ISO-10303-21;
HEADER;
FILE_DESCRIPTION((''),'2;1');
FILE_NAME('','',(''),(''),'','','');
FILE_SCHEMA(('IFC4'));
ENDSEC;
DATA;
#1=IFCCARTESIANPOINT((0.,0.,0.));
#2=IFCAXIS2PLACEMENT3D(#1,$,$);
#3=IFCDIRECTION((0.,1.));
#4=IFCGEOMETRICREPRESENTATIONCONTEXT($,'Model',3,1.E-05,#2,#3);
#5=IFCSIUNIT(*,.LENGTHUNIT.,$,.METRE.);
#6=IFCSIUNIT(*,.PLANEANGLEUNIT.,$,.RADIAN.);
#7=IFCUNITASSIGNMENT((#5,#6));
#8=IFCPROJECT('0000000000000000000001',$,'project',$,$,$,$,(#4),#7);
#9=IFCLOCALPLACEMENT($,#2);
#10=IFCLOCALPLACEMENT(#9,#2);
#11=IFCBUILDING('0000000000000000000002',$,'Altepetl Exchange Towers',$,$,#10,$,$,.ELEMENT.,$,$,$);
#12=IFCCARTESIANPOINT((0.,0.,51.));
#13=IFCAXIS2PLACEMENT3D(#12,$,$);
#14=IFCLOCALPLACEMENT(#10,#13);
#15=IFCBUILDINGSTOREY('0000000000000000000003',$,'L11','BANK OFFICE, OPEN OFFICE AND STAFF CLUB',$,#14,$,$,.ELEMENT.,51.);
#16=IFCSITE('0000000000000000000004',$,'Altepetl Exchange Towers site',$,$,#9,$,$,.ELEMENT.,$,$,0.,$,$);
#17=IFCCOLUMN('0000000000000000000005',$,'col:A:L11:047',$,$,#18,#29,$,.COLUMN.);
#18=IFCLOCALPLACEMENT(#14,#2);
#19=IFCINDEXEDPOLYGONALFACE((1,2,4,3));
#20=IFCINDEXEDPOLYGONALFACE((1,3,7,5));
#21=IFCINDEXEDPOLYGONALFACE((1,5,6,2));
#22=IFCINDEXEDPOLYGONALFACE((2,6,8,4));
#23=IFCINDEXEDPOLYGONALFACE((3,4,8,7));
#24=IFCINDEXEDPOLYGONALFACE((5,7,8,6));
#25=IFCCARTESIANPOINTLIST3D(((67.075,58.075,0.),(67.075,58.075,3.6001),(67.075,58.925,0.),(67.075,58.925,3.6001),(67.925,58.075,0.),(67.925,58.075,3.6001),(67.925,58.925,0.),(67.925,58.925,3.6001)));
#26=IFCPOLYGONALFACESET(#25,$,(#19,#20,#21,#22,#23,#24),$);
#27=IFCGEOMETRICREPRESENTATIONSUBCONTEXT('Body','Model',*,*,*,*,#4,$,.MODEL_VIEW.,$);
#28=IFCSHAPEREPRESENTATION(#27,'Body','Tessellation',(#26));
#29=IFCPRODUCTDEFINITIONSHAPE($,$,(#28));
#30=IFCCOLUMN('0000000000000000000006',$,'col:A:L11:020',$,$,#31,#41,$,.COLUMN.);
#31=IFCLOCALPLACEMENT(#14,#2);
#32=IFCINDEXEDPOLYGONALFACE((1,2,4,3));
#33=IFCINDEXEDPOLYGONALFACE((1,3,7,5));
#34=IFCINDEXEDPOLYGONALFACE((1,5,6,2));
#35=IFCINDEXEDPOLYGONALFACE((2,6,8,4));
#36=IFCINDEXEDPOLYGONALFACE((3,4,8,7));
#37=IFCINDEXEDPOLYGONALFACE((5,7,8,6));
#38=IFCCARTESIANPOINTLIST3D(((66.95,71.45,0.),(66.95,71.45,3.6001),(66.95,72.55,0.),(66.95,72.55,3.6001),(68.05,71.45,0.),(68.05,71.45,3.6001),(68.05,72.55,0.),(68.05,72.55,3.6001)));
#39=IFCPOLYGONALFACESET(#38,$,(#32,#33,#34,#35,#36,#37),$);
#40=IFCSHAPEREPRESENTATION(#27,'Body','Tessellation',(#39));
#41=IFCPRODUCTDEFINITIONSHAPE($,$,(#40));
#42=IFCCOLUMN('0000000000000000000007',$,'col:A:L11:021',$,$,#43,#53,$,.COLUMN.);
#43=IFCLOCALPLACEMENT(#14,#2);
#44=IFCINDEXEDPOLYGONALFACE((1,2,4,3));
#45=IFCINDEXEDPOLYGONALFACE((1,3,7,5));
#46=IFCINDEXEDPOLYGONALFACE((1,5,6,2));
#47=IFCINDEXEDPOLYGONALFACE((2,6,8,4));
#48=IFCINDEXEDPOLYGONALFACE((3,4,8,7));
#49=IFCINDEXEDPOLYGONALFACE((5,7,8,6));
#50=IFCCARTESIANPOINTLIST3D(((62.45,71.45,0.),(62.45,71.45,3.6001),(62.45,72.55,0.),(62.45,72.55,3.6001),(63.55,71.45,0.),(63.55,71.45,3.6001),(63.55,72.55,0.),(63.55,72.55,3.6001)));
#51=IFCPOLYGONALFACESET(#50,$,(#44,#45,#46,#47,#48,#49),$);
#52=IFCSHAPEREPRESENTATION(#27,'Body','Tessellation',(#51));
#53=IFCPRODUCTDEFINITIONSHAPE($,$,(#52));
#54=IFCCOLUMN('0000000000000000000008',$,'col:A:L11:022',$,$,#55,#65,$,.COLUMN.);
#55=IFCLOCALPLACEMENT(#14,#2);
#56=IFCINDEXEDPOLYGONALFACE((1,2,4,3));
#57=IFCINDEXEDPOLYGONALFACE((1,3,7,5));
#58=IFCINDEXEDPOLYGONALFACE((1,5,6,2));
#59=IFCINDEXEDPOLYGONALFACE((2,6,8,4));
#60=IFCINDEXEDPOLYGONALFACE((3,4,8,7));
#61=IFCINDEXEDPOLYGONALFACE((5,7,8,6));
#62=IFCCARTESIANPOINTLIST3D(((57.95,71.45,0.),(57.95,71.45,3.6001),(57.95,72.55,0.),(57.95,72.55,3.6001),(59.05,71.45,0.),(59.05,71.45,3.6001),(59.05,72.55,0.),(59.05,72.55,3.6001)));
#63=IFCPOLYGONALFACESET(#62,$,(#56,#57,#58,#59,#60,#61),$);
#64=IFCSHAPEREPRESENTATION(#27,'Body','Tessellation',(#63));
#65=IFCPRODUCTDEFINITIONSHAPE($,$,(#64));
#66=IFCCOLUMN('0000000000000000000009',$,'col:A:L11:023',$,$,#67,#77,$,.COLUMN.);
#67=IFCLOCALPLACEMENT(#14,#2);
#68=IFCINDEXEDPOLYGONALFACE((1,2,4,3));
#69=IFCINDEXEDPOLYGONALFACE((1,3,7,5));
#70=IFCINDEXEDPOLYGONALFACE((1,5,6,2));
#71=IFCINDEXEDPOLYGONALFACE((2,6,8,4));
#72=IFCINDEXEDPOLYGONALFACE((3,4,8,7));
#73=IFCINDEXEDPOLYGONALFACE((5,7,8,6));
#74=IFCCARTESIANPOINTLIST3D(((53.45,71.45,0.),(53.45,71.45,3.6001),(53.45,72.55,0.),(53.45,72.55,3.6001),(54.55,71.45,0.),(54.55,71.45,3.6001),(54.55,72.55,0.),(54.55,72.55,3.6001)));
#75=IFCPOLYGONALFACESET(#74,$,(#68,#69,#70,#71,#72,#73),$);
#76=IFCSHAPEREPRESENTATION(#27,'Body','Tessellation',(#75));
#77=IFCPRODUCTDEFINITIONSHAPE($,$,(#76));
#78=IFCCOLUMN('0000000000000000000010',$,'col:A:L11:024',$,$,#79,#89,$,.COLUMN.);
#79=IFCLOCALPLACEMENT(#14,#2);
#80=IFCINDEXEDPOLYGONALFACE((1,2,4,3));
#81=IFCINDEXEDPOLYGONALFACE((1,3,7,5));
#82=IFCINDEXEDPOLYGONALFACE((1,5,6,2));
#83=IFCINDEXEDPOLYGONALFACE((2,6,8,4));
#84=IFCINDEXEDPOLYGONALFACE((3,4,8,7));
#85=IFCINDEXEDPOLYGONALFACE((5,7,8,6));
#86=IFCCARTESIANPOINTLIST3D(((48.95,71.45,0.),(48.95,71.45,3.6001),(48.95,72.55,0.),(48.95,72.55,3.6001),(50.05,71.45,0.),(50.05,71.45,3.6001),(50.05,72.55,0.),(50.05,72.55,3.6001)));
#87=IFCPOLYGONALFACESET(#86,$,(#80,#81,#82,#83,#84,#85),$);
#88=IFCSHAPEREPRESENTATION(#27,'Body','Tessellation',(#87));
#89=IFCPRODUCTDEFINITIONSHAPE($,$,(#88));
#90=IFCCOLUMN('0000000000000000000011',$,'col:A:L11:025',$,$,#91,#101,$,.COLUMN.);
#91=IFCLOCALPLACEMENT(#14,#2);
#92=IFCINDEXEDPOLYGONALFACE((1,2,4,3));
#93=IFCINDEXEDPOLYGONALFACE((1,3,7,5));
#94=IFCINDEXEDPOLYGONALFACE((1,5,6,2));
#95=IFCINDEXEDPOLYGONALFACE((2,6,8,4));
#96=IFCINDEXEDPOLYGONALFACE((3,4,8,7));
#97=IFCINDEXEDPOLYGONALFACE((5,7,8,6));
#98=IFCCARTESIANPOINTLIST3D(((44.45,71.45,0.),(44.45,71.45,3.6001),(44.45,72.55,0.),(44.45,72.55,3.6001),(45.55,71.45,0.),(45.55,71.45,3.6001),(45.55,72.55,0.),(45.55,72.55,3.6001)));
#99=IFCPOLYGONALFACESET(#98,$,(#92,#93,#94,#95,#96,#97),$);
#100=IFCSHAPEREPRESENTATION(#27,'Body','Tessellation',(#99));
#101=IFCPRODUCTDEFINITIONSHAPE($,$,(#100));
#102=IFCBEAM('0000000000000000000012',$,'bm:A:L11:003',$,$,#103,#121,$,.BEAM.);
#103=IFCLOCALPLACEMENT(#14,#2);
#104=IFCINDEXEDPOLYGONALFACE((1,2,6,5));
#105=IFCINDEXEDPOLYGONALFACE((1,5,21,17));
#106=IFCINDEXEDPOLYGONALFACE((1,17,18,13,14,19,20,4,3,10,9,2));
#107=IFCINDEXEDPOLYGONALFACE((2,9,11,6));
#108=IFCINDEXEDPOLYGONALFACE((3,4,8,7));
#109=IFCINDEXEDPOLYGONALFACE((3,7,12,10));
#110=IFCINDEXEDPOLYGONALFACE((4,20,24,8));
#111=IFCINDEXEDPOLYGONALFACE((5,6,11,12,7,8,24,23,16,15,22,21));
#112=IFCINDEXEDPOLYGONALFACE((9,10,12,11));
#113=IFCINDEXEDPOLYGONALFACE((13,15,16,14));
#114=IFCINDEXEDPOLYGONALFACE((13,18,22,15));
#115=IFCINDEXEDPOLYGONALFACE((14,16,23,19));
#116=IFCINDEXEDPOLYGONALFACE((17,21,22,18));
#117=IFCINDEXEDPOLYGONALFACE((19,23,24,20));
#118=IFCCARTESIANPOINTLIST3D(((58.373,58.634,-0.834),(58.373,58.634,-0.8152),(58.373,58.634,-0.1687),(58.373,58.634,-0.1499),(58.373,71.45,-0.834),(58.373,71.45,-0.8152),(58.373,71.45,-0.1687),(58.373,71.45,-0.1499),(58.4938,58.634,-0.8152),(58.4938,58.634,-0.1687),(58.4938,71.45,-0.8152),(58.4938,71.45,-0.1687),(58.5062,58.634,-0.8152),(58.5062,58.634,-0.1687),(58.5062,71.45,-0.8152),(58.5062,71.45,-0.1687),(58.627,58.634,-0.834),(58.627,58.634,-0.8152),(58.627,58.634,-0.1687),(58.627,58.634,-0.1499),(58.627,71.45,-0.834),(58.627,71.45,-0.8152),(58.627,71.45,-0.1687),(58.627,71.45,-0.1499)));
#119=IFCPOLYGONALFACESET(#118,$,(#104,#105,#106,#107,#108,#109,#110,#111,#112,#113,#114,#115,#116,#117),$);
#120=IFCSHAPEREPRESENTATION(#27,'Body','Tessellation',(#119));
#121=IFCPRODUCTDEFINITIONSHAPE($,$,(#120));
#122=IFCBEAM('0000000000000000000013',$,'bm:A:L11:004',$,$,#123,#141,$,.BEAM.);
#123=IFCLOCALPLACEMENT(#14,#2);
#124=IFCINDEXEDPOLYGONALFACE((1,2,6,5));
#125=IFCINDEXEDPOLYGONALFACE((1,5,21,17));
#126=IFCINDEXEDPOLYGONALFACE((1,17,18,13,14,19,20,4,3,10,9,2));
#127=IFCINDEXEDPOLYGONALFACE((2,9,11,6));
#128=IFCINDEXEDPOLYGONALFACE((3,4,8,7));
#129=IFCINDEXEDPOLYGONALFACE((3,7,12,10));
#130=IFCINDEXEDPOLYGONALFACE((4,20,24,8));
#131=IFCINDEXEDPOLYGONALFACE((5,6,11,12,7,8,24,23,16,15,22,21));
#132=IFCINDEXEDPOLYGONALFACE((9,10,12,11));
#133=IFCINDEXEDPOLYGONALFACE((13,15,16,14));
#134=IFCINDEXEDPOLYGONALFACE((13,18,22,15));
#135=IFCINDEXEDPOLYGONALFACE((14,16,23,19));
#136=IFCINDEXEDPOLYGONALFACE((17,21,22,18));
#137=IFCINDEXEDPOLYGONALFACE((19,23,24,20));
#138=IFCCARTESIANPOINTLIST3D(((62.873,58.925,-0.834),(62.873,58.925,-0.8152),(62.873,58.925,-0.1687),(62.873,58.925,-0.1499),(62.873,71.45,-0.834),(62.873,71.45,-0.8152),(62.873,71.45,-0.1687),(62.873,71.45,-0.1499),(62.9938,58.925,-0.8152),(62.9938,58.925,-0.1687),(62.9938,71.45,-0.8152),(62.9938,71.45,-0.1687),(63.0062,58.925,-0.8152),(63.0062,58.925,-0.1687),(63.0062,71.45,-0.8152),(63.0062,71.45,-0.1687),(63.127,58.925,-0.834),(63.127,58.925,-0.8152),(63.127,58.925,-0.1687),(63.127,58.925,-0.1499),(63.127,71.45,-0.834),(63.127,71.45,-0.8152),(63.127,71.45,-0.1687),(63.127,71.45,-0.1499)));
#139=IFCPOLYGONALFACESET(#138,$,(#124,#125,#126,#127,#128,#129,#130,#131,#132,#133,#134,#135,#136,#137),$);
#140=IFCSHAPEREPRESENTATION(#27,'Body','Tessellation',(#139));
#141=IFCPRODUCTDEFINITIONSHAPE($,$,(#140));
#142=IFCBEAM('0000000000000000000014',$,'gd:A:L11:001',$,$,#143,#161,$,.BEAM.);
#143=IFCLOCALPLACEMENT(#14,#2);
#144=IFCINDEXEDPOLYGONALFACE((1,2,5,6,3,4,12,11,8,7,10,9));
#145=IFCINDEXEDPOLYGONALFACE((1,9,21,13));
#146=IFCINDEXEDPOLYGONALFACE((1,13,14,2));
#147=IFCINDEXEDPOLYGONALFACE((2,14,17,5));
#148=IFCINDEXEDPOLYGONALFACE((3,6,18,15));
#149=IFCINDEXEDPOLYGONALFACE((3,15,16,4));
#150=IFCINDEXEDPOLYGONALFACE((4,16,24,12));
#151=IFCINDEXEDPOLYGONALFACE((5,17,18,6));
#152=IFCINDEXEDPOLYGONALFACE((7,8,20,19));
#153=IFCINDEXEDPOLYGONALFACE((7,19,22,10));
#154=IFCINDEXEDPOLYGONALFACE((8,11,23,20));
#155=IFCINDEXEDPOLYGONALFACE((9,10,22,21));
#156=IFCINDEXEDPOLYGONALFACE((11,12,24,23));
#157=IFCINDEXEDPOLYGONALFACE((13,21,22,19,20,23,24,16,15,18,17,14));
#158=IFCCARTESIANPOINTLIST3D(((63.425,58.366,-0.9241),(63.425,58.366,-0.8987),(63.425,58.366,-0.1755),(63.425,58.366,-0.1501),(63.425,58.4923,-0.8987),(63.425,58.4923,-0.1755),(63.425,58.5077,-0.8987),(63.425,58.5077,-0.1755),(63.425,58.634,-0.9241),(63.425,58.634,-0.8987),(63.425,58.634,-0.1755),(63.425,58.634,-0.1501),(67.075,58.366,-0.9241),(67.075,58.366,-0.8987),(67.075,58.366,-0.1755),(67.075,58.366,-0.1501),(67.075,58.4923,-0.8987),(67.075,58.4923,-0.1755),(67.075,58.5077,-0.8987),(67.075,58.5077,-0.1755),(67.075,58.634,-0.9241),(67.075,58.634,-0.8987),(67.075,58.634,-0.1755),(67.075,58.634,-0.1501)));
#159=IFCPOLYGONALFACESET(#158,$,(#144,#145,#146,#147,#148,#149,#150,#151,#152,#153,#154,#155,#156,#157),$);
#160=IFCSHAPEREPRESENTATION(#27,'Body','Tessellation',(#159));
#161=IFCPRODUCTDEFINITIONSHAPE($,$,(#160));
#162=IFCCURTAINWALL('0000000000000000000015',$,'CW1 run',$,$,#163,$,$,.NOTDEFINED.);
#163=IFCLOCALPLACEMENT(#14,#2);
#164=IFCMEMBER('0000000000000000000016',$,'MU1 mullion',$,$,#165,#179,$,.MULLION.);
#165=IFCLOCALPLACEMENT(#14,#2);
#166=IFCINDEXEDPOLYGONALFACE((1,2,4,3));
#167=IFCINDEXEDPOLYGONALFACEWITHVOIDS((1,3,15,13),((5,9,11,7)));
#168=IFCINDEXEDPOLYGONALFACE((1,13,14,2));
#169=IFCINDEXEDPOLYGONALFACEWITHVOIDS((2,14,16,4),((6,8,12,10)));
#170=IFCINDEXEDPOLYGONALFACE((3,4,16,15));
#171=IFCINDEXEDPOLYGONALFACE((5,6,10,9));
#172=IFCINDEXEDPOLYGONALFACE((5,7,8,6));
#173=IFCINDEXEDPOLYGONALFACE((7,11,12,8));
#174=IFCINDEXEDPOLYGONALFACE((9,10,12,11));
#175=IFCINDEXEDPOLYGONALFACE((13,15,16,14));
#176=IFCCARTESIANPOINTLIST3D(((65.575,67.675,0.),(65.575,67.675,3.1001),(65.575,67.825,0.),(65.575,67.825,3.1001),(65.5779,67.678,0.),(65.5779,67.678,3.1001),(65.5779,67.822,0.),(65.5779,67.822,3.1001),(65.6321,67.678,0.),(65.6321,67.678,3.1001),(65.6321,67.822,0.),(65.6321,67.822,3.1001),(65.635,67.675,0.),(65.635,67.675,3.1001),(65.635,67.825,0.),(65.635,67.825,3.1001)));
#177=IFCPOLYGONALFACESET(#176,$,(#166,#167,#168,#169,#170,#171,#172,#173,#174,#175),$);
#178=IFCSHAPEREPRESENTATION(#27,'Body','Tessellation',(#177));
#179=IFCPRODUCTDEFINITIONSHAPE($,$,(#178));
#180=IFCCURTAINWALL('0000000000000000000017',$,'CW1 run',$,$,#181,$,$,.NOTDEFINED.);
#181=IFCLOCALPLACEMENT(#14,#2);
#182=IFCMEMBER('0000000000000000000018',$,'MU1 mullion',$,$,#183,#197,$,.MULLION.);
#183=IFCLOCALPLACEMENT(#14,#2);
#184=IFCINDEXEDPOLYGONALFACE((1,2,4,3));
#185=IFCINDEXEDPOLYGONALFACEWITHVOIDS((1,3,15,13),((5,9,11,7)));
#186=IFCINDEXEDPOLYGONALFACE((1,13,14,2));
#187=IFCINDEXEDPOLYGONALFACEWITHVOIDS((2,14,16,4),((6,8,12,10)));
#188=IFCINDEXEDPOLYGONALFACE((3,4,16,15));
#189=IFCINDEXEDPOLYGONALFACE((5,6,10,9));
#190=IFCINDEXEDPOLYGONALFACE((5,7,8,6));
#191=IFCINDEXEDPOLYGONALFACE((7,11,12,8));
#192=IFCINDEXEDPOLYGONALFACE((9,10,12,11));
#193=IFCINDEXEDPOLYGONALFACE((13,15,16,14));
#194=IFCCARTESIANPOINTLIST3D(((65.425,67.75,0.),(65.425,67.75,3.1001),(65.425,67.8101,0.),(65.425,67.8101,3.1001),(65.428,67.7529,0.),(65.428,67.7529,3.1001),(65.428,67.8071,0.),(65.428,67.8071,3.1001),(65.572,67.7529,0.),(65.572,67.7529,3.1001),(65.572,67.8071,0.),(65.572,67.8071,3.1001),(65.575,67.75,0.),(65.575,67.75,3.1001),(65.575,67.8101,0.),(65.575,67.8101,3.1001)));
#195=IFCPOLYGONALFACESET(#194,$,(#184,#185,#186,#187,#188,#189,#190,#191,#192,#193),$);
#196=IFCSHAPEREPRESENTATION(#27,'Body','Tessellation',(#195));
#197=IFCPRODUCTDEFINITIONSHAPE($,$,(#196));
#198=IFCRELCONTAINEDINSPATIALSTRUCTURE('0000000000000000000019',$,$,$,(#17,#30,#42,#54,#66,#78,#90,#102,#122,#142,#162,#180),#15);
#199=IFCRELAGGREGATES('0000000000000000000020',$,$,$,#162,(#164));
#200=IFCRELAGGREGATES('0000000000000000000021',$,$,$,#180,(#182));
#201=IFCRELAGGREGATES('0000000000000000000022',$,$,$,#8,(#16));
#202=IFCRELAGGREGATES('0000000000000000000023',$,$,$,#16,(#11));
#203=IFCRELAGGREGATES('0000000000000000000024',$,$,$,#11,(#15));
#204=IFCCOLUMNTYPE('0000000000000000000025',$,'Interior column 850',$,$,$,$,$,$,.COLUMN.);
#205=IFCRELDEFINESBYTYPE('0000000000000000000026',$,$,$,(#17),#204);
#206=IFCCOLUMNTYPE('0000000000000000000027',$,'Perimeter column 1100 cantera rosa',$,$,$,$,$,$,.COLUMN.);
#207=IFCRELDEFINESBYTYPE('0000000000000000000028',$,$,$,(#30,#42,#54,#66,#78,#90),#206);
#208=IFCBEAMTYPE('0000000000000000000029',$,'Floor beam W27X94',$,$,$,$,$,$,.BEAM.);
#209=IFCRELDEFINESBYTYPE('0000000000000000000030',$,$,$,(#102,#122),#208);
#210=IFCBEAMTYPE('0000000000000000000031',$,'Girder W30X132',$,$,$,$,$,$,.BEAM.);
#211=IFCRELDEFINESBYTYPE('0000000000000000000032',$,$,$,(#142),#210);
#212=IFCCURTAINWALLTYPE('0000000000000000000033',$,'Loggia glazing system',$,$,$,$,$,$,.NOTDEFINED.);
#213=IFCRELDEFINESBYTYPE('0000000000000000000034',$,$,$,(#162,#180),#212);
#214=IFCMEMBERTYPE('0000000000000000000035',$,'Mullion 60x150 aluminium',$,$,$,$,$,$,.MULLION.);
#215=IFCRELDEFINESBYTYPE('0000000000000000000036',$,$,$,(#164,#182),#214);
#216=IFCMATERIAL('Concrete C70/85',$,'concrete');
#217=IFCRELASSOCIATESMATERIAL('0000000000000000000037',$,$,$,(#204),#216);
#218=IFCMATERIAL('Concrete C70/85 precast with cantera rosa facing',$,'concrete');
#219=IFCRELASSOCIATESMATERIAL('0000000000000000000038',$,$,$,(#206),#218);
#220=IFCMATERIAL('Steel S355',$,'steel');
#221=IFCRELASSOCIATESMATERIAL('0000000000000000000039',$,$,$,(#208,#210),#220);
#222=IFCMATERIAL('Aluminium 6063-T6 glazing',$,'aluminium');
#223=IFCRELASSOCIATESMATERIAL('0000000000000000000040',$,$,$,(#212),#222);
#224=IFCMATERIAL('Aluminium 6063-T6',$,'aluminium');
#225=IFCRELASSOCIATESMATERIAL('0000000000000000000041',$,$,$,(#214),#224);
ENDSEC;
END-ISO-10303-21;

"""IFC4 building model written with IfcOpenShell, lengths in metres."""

from ifc_helpers import new_model, si_unit, direction, frame, origin, origin_2d, place, context, subcontext, project, spatial, rectangle, hollow_rectangle, i_section, extrude, material, material_profile, profile_set, type_object, element, aggregate, save


model = new_model("IFC4")

# Units and contexts
model_context = context("Model", 3, precision=1e-05, world=origin(), true_north=direction((0.0, 1.0)))
body_context = subcontext(model_context, "Body", "Model", "MODEL_VIEW")
ifc_project = project(units=[si_unit("LENGTHUNIT", "METRE"), si_unit("PLANEANGLEUNIT", "RADIAN")], contexts=[model_context])

# Site, building, storey
site_placement = place(None, origin())
site = spatial("IfcSite", under=ifc_project, at=site_placement, Name="Altepetl Exchange Towers site", CompositionType="ELEMENT", RefElevation=0.0)
building_placement = place(site_placement, origin())
building = spatial("IfcBuilding", under=site, at=building_placement, Name="Altepetl Exchange Towers", CompositionType="ELEMENT")
storey_placement = place(building_placement, frame((0.0, 0.0, 51.0)))
storey = spatial("IfcBuildingStorey", under=building, at=storey_placement, Name="L11", Description="BANK OFFICE, OPEN OFFICE AND STAFF CLUB", CompositionType="ELEMENT", Elevation=51.0)

# Columns
ifc_material_1 = material(Name="Concrete C70/85", Category="concrete")
ifc_material_profile_1 = material_profile(ifc_material_1, rectangle(XDim=0.8501, YDim=0.8501, at=origin_2d()), Name="850 x 850")
ifc_profile_set_1 = profile_set([ifc_material_profile_1], Name="Concrete C70/85")
column_type_1 = type_object("IfcColumnType", Name="Interior column 850", PredefinedType="COLUMN", material=ifc_profile_set_1)
column_placement = place(storey_placement, frame((67.5, 58.5, 0.0)))
element("IfcColumn", 1, at=column_placement, inside=storey, type_object=column_type_1, Name="col:A:L11:047", PredefinedType="COLUMN", context=body_context, shape_type="SweptSolid", body=[
    extrude(rectangle(XDim=0.8501, YDim=0.8501, at=origin_2d()), origin(), (0.0, 0.0, 1.0), 3.6001),
])
ifc_material_2 = material(Name="Concrete C70/85 precast with cantera rosa facing", Category="concrete")
ifc_material_profile_2 = material_profile(ifc_material_2, rectangle(XDim=1.1001, YDim=1.1001, at=origin_2d()), Name="1100 x 1100")
ifc_profile_set_2 = profile_set([ifc_material_profile_2], Name="Concrete C70/85 precast with cantera rosa facing")
column_type_2 = type_object("IfcColumnType", Name="Perimeter column 1100 cantera rosa", PredefinedType="COLUMN", material=ifc_profile_set_2)
for number, where, name in (
    (2, (67.5, 72.0, 0.0), "col:A:L11:020"),
    (3, (63.0, 72.0, 0.0), "col:A:L11:021"),
    (4, (58.5, 72.0, 0.0), "col:A:L11:022"),
    (5, (54.0, 72.0, 0.0), "col:A:L11:023"),
    (6, (49.5, 72.0, 0.0), "col:A:L11:024"),
    (7, (45.0, 72.0, 0.0), "col:A:L11:025"),
):
    element("IfcColumn", number, at=place(storey_placement, frame(where)), inside=storey, type_object=column_type_2, Name=name, PredefinedType="COLUMN", context=body_context, shape_type="SweptSolid", body=[
        extrude(rectangle(XDim=1.1001, YDim=1.1001, at=origin_2d()), origin(), (0.0, 0.0, 1.0), 3.6001),
    ])

# Beams
ifc_material_3 = material(Name="Steel S355", Category="steel")
ifc_material_profile_3 = material_profile(ifc_material_3, i_section(OverallWidth=0.2539, OverallDepth=0.6841, WebThickness=0.0125, FlangeThickness=0.0188, at=origin_2d()), Name="W27X94")
ifc_profile_set_3 = profile_set([ifc_material_profile_3], Name="Steel S355")
beam_type_1 = type_object("IfcBeamType", Name="Floor beam W27X94", PredefinedType="BEAM", material=ifc_profile_set_3)
beam_1_placement = place(storey_placement, frame((58.5, 58.634, -0.4919), z_axis=(0.0, 1.0, 0.0), x_axis=(-1.0, 0.0, 0.0)))
element("IfcBeam", 8, at=beam_1_placement, inside=storey, type_object=beam_type_1, Name="bm:A:L11:003", PredefinedType="BEAM", context=body_context, shape_type="SweptSolid", body=[
    extrude(i_section(OverallWidth=0.2539, OverallDepth=0.6841, WebThickness=0.0125, FlangeThickness=0.0188, at=origin_2d()), origin(), (0.0, 0.0, 1.0), 12.8159),
])
beam_2_placement = place(storey_placement, frame((63.0, 58.925, -0.4919), z_axis=(0.0, 1.0, 0.0), x_axis=(-1.0, 0.0, 0.0)))
element("IfcBeam", 9, at=beam_2_placement, inside=storey, type_object=beam_type_1, Name="bm:A:L11:004", PredefinedType="BEAM", context=body_context, shape_type="SweptSolid", body=[
    extrude(i_section(OverallWidth=0.2539, OverallDepth=0.6841, WebThickness=0.0125, FlangeThickness=0.0188, at=origin_2d()), origin(), (0.0, 0.0, 1.0), 12.5249),
])
ifc_material_profile_4 = material_profile(ifc_material_3, i_section(OverallWidth=0.2681, OverallDepth=0.7739, WebThickness=0.0154, FlangeThickness=0.0254, at=origin_2d()), Name="W30X132")
ifc_profile_set_4 = profile_set([ifc_material_profile_4], Name="Steel S355")
beam_type_2 = type_object("IfcBeamType", Name="Girder W30X132", PredefinedType="BEAM", material=ifc_profile_set_4)
beam_3_placement = place(storey_placement, frame((63.425, 58.5, -0.5371), z_axis=(1.0, 0.0, 0.0), x_axis=(0.0, 1.0, 0.0)))
element("IfcBeam", 10, at=beam_3_placement, inside=storey, type_object=beam_type_2, Name="gd:A:L11:001", PredefinedType="BEAM", context=body_context, shape_type="SweptSolid", body=[
    extrude(i_section(OverallWidth=0.2681, OverallDepth=0.7739, WebThickness=0.0154, FlangeThickness=0.0254, at=origin_2d()), origin(), (0.0, 0.0, 1.0), 3.6499),
])

# Curtain wall, member
ifc_material_4 = material(Name="Aluminium 6063-T6 glazing", Category="aluminium")
curtain_wall_type = type_object("IfcCurtainWallType", Name="Loggia glazing system", PredefinedType="NOTDEFINED", material=ifc_material_4)
curtain_wall_1_placement = place(storey_placement, origin())
curtain_wall_1 = element("IfcCurtainWall", 11, at=curtain_wall_1_placement, inside=storey, type_object=curtain_wall_type, Name="CW1 run", PredefinedType="NOTDEFINED")
ifc_material_5 = material(Name="Aluminium 6063-T6", Category="aluminium")
ifc_material_profile_5 = material_profile(ifc_material_5, hollow_rectangle(XDim=0.0601, YDim=0.1499, WallThickness=0.0029, at=origin_2d()), Name="Mullion 60x150 aluminium")
ifc_profile_set_5 = profile_set([ifc_material_profile_5], Name="Aluminium 6063-T6")
member_type = type_object("IfcMemberType", Name="Mullion 60x150 aluminium", PredefinedType="MULLION", material=ifc_profile_set_5)
member_1_placement = place(storey_placement, frame((65.605, 67.75, 0.0), z_axis=(0.0, 0.0, 1.0), x_axis=(-1.0, 0.0, 0.0)))
member_1 = element("IfcMember", 12, at=member_1_placement, type_object=member_type, Name="MU1 mullion", PredefinedType="MULLION", context=body_context, shape_type="SweptSolid", body=[
    extrude(hollow_rectangle(XDim=0.0601, YDim=0.1499, WallThickness=0.0029, at=origin_2d()), origin(), (0.0, 0.0, 1.0), 3.1001),
])

# Curtain wall, member
curtain_wall_2_placement = place(storey_placement, origin())
curtain_wall_2 = element("IfcCurtainWall", 13, at=curtain_wall_2_placement, inside=storey, type_object=curtain_wall_type, Name="CW1 run", PredefinedType="NOTDEFINED")
member_2_placement = place(storey_placement, frame((65.5, 67.78, 0.0), z_axis=(0.0, 0.0, 1.0), x_axis=(0.0, 1.0, 0.0)))
member_2 = element("IfcMember", 14, at=member_2_placement, type_object=member_type, Name="MU1 mullion", PredefinedType="MULLION", context=body_context, shape_type="SweptSolid", body=[
    extrude(hollow_rectangle(XDim=0.0601, YDim=0.1499, WallThickness=0.0029, at=origin_2d()), origin(), (0.0, 0.0, 1.0), 3.1001),
])

aggregate(curtain_wall_1, [member_1])
aggregate(curtain_wall_2, [member_2])

save(model, "model.ifc")
